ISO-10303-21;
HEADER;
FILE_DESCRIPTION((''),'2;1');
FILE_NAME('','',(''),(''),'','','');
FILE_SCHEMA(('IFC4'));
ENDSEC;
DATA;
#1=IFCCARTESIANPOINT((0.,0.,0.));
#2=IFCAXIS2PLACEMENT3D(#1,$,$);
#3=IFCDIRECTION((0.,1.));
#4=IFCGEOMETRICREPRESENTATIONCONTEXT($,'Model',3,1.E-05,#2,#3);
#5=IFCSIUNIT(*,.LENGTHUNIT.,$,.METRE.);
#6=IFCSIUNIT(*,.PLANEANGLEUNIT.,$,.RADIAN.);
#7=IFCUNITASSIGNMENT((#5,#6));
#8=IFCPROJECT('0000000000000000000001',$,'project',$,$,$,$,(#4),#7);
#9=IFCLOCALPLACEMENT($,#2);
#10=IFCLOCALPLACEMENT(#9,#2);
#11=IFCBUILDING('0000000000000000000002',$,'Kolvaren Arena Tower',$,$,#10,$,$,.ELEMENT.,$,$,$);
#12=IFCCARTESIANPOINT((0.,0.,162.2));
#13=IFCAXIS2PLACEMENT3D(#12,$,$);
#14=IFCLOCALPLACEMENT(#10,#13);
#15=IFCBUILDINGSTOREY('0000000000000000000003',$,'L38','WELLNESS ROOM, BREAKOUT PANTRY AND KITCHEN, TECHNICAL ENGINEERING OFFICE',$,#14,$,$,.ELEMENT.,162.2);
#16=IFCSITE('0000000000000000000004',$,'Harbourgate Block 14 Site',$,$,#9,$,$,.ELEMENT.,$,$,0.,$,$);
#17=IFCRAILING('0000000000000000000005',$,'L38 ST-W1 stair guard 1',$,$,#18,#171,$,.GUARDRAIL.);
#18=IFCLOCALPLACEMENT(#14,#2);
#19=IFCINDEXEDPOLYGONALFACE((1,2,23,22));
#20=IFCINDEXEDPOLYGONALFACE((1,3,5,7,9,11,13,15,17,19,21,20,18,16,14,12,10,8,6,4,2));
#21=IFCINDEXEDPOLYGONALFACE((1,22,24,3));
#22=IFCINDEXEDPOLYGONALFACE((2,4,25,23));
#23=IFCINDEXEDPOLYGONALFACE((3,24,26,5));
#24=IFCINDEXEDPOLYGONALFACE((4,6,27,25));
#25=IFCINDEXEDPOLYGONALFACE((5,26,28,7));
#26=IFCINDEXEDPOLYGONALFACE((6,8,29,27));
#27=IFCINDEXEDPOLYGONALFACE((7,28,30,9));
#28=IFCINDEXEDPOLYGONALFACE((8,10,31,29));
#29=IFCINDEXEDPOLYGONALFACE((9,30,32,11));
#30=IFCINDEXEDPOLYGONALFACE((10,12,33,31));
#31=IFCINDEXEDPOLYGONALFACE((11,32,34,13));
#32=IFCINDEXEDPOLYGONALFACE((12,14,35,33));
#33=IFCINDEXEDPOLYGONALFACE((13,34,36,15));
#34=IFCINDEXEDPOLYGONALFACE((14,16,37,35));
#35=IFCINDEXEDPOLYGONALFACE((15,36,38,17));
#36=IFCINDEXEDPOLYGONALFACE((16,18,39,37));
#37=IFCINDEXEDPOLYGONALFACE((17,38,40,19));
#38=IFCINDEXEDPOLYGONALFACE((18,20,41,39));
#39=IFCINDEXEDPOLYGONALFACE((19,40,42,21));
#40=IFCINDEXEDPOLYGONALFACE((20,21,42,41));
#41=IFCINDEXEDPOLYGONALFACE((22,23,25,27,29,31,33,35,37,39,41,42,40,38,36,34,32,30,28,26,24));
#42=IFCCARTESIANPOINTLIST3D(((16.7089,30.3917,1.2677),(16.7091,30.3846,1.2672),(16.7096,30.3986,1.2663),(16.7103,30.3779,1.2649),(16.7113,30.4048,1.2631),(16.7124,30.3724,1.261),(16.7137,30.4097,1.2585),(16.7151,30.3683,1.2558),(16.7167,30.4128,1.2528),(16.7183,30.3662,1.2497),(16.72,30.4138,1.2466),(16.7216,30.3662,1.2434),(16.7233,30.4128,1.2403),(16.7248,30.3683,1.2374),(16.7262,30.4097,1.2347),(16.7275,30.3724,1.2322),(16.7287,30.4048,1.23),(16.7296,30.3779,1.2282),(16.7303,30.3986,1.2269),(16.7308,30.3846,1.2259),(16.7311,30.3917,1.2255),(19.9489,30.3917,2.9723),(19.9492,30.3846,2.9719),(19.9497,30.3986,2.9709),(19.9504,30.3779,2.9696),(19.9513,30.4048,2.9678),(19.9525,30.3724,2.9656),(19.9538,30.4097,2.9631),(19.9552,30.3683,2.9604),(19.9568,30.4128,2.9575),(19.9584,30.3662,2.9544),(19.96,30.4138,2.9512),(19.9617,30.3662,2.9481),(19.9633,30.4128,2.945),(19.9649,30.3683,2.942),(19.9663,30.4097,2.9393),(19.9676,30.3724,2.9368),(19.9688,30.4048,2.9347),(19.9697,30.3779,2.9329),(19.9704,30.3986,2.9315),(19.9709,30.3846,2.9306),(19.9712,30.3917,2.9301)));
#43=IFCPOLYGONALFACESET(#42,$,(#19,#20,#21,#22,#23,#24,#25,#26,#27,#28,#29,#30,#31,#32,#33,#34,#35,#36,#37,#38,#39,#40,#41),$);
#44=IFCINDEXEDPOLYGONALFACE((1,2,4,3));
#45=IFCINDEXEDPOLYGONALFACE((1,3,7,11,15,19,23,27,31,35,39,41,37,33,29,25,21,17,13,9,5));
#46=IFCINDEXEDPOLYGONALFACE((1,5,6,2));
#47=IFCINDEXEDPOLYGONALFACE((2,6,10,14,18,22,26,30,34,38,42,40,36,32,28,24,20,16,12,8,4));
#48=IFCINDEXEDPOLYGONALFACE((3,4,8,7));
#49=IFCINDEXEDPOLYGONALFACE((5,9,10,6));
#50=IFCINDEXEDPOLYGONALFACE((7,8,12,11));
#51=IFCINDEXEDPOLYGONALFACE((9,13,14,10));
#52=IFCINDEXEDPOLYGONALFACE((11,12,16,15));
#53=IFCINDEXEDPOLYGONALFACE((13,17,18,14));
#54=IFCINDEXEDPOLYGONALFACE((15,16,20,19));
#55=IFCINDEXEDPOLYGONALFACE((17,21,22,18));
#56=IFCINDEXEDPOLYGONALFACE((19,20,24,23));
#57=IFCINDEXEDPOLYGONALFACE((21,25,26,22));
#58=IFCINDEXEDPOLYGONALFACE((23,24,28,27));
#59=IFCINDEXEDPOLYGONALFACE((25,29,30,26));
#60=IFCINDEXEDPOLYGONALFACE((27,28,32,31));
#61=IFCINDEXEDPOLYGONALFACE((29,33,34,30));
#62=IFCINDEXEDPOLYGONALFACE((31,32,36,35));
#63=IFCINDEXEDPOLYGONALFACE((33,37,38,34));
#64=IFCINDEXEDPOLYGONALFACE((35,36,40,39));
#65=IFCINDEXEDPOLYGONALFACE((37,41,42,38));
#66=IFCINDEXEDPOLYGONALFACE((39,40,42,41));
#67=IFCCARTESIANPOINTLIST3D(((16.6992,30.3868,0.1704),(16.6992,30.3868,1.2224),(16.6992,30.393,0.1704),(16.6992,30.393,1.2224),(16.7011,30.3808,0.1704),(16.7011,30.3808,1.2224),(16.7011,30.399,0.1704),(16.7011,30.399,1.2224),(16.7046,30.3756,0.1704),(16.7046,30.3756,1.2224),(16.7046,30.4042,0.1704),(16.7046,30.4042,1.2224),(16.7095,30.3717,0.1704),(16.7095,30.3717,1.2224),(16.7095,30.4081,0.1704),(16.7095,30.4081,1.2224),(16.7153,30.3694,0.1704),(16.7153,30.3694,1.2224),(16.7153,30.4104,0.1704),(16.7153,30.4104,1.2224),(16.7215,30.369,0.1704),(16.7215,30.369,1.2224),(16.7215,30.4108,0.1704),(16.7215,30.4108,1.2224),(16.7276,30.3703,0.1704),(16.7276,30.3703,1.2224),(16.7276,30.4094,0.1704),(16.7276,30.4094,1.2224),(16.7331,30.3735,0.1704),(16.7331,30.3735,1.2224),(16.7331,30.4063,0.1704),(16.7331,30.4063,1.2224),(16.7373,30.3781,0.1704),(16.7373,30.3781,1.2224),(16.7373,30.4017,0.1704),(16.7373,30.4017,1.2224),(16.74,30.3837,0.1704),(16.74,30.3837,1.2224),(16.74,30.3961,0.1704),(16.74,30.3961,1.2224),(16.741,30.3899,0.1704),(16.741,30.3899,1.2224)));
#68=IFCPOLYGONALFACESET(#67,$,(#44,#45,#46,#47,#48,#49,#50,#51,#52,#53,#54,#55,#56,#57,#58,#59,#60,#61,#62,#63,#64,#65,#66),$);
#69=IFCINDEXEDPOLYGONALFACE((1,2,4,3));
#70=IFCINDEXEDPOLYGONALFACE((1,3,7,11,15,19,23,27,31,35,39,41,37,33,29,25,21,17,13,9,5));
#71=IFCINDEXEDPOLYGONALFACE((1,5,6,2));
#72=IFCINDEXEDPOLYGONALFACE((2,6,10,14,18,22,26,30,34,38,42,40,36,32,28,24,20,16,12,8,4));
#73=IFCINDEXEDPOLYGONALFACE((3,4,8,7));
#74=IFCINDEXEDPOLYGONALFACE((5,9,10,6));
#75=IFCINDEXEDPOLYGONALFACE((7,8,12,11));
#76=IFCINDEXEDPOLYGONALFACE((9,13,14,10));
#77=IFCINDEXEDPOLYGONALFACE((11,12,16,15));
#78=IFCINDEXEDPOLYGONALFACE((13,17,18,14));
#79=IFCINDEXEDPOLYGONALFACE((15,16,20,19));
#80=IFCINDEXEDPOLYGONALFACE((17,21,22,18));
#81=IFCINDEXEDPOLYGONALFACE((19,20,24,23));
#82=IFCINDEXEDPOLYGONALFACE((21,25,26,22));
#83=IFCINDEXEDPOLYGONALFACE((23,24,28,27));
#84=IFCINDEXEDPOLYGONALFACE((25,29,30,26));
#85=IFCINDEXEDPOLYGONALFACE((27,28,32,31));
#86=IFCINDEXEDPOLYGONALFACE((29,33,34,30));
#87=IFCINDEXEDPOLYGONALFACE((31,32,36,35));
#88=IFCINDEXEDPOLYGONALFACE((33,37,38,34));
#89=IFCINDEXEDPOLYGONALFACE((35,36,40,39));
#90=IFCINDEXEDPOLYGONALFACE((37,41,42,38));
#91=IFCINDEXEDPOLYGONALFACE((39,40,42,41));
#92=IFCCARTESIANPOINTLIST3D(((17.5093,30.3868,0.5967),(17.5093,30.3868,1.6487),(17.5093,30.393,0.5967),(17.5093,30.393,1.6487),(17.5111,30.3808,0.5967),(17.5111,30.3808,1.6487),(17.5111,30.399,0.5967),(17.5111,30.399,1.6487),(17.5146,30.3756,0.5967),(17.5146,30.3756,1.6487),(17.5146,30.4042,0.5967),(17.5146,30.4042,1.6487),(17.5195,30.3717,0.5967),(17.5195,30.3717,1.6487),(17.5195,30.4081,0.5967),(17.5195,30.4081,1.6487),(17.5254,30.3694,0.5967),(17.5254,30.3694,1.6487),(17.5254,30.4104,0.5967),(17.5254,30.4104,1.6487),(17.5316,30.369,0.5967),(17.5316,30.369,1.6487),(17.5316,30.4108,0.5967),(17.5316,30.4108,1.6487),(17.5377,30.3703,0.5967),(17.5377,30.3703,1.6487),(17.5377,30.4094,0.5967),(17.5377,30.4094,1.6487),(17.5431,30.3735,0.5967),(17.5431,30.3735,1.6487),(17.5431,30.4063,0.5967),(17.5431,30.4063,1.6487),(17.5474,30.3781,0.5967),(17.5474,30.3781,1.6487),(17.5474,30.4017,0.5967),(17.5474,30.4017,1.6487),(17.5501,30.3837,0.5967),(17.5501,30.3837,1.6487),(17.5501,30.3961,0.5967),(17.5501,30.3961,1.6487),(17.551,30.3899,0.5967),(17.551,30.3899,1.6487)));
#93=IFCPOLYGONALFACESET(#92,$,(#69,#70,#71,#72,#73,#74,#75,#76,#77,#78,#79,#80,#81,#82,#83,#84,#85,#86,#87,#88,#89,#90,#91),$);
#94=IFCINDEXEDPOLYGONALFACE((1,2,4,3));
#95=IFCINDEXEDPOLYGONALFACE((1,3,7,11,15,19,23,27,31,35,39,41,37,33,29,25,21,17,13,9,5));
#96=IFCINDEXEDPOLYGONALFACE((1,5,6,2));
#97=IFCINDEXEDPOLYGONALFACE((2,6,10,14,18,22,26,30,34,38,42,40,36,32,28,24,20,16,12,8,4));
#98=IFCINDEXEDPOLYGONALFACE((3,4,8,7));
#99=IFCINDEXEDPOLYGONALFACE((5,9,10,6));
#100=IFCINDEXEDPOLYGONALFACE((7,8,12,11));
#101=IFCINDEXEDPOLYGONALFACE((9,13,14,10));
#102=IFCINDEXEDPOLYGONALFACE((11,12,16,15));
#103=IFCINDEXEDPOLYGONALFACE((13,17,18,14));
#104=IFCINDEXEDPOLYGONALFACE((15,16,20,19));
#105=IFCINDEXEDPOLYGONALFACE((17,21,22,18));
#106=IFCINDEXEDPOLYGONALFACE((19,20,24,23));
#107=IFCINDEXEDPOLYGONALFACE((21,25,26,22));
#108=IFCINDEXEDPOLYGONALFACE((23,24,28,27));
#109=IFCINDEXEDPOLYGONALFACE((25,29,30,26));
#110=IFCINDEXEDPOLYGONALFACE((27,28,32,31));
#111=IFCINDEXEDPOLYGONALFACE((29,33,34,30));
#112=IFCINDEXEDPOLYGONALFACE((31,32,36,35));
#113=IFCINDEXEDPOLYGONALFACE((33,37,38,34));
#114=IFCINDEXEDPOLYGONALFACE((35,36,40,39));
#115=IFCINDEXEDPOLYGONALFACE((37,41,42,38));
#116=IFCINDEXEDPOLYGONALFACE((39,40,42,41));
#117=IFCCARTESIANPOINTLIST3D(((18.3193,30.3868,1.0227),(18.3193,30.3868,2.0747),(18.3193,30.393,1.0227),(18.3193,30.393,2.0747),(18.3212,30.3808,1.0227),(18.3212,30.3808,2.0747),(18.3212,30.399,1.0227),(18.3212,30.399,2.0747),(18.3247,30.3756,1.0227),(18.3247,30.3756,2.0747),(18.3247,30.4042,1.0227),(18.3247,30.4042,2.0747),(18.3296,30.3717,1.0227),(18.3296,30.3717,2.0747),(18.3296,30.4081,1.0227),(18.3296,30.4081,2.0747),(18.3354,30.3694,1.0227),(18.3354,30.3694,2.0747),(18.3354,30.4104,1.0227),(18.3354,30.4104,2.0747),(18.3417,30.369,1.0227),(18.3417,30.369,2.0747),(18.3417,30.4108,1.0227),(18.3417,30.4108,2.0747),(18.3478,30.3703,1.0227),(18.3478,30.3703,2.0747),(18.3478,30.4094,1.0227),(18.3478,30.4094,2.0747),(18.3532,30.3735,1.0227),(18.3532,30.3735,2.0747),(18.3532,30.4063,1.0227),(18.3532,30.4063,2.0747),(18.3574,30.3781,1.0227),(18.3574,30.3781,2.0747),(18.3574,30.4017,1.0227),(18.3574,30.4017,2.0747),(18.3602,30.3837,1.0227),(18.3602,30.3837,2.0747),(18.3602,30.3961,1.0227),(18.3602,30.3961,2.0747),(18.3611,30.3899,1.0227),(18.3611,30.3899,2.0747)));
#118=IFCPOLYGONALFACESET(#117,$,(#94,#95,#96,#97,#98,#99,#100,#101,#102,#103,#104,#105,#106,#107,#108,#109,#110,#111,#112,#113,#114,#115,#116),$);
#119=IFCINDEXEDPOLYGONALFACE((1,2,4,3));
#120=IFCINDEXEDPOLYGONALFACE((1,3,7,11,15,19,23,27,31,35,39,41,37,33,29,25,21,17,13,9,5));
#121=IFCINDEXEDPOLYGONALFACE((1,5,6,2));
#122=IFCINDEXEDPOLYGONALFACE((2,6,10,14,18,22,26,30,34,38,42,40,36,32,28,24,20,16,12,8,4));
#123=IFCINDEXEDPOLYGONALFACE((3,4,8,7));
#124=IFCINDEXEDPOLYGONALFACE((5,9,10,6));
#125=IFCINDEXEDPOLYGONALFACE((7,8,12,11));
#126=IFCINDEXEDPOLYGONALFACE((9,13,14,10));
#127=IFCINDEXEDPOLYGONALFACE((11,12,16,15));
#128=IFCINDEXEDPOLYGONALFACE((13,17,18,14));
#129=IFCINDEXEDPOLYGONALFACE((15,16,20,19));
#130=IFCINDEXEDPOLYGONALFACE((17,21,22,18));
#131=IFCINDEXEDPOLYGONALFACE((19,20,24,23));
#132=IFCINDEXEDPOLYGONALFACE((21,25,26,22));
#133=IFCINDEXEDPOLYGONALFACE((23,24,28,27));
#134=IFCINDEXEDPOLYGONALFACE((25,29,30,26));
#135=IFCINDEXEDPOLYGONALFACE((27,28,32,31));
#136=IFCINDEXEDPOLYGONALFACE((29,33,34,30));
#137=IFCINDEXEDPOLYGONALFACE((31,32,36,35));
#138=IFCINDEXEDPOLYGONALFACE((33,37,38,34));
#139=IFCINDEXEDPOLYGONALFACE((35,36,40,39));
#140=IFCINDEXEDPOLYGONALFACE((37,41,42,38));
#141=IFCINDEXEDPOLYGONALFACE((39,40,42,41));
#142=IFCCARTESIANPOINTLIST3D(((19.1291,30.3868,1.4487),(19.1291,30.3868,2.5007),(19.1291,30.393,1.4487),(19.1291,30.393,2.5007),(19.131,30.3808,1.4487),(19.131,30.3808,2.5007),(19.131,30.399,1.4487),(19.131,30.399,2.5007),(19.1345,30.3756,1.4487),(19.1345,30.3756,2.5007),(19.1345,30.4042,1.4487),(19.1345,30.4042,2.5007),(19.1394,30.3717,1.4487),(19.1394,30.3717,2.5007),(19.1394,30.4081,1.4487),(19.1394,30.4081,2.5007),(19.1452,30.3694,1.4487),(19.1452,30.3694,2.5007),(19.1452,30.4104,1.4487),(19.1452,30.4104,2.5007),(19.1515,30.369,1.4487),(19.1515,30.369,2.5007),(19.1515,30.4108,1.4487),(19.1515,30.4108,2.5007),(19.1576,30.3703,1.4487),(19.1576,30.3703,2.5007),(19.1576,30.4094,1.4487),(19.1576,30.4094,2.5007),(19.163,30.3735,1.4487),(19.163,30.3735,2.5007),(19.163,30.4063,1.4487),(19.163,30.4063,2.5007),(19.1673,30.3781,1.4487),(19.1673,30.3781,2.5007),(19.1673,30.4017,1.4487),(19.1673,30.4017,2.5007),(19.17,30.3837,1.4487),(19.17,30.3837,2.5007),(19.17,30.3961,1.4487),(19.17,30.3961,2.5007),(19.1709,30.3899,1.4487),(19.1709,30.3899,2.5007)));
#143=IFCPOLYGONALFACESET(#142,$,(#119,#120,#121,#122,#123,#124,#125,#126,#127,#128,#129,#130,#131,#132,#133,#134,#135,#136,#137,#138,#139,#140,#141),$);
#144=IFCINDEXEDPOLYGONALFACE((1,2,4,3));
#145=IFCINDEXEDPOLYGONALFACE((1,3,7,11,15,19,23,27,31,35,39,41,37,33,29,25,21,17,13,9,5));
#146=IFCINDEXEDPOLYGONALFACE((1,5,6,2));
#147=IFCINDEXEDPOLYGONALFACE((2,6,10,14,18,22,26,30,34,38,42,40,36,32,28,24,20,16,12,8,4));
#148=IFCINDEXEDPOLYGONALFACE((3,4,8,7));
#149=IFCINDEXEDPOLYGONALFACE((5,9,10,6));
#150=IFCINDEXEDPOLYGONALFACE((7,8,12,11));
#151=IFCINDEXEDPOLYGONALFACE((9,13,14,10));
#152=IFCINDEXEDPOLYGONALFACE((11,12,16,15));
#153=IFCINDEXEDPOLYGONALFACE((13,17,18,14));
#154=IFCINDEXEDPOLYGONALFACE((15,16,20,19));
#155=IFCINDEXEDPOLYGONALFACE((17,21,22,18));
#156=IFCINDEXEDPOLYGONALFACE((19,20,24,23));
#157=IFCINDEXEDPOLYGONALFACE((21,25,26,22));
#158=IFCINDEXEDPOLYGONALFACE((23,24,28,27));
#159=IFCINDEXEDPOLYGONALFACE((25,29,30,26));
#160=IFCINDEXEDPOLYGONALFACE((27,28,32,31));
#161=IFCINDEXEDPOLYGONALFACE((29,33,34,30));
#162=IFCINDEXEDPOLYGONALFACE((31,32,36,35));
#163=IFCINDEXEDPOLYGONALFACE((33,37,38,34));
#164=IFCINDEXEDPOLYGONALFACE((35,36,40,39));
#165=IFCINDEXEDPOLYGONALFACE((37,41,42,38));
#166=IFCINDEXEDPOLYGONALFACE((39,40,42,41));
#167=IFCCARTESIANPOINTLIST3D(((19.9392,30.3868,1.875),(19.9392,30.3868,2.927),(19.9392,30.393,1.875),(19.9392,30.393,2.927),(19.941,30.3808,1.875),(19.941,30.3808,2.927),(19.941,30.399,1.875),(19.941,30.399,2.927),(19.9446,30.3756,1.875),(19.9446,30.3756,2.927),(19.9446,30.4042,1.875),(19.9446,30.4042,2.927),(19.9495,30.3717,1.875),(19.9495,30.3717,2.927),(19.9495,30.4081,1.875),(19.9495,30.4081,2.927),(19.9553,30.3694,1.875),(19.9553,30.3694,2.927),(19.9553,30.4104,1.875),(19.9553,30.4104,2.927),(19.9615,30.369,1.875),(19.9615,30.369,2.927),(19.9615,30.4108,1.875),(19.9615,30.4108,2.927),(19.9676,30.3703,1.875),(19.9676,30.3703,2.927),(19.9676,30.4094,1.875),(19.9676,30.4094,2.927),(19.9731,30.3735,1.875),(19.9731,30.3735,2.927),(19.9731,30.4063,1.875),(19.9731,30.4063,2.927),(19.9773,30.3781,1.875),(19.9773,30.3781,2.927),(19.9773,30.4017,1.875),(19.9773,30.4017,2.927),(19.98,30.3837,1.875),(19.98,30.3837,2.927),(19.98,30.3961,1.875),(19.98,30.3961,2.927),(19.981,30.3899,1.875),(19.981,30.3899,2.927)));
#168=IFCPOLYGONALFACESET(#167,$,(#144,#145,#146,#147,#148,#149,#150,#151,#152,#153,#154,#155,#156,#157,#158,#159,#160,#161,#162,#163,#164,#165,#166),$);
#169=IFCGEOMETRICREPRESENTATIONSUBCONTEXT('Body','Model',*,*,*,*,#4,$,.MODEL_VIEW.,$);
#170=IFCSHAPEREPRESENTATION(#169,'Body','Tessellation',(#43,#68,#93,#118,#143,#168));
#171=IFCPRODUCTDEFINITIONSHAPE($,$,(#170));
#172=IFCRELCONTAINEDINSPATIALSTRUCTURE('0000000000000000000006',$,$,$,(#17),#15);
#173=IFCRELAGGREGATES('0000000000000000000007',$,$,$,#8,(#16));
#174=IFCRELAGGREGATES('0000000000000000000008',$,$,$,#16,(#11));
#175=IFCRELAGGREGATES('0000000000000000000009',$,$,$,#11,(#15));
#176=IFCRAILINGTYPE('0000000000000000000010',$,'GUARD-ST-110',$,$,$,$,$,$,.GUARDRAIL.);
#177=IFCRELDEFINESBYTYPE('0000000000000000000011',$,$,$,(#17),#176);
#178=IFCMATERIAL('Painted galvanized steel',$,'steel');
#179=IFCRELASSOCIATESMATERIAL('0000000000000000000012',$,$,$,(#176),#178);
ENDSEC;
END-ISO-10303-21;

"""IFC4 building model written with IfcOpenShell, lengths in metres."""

from ifc_helpers import new_model, si_unit, direction, frame, origin, origin_2d, place, context, subcontext, project, spatial, circle, extrude, material, type_object, element, save


model = new_model("IFC4")

# Units and contexts
model_context = context("Model", 3, precision=1e-05, world=origin(), true_north=direction((0.0, 1.0)))
body_context = subcontext(model_context, "Body", "Model", "MODEL_VIEW")
ifc_project = project(units=[si_unit("LENGTHUNIT", "METRE"), si_unit("PLANEANGLEUNIT", "RADIAN")], contexts=[model_context])

# Site, building, storey
site_placement = place(None, origin())
site = spatial("IfcSite", under=ifc_project, at=site_placement, Name="Harbourgate Block 14 Site", CompositionType="ELEMENT", RefElevation=0.0)
building_placement = place(site_placement, origin())
building = spatial("IfcBuilding", under=site, at=building_placement, Name="Kolvaren Arena Tower", CompositionType="ELEMENT")
storey_placement = place(building_placement, frame((0.0, 0.0, 162.2)))
storey = spatial("IfcBuildingStorey", under=building, at=storey_placement, Name="L38", Description="WELLNESS ROOM, BREAKOUT PANTRY AND KITCHEN, TECHNICAL ENGINEERING OFFICE", CompositionType="ELEMENT", Elevation=162.2)

# Railing
ifc_material_1 = material(Name="Painted galvanized steel", Category="steel")
railing_type_1 = type_object("IfcRailingType", Name="GUARD-ST-110", PredefinedType="GUARDRAIL", material=ifc_material_1)
railing_1_placement = place(storey_placement, frame((16.72, 30.3899, 0.1704)))
element("IfcRailing", 1, at=railing_1_placement, inside=storey, type_object=railing_type_1, Name="L38 ST-W1 stair guard 1", PredefinedType="GUARDRAIL", context=body_context, shape_type="SweptSolid", body=[
    extrude(circle(Radius=0.0239, at=origin_2d()), frame((0.0, 0.0, 1.0762), z_axis=(0.884993, 0.0, 0.465604), x_axis=(0.0, 1.0, 0.0)), (0.0, 0.0, 1.0), 3.6611),
    extrude(circle(Radius=0.021, at=origin_2d()), origin(), (0.0, 0.0, 1.0), 1.052),
    extrude(circle(Radius=0.021, at=origin_2d()), frame((0.8101, 0.0, 0.4263)), (0.0, 0.0, 1.0), 1.052),
    extrude(circle(Radius=0.021, at=origin_2d()), frame((1.6201, 0.0, 0.8523)), (0.0, 0.0, 1.0), 1.052),
    extrude(circle(Radius=0.021, at=origin_2d()), frame((2.4299, 0.0, 1.2783)), (0.0, 0.0, 1.0), 1.052),
    extrude(circle(Radius=0.021, at=origin_2d()), frame((3.24, 0.0, 1.7046)), (0.0, 0.0, 1.0), 1.052),
])

save(model, "model.ifc")
